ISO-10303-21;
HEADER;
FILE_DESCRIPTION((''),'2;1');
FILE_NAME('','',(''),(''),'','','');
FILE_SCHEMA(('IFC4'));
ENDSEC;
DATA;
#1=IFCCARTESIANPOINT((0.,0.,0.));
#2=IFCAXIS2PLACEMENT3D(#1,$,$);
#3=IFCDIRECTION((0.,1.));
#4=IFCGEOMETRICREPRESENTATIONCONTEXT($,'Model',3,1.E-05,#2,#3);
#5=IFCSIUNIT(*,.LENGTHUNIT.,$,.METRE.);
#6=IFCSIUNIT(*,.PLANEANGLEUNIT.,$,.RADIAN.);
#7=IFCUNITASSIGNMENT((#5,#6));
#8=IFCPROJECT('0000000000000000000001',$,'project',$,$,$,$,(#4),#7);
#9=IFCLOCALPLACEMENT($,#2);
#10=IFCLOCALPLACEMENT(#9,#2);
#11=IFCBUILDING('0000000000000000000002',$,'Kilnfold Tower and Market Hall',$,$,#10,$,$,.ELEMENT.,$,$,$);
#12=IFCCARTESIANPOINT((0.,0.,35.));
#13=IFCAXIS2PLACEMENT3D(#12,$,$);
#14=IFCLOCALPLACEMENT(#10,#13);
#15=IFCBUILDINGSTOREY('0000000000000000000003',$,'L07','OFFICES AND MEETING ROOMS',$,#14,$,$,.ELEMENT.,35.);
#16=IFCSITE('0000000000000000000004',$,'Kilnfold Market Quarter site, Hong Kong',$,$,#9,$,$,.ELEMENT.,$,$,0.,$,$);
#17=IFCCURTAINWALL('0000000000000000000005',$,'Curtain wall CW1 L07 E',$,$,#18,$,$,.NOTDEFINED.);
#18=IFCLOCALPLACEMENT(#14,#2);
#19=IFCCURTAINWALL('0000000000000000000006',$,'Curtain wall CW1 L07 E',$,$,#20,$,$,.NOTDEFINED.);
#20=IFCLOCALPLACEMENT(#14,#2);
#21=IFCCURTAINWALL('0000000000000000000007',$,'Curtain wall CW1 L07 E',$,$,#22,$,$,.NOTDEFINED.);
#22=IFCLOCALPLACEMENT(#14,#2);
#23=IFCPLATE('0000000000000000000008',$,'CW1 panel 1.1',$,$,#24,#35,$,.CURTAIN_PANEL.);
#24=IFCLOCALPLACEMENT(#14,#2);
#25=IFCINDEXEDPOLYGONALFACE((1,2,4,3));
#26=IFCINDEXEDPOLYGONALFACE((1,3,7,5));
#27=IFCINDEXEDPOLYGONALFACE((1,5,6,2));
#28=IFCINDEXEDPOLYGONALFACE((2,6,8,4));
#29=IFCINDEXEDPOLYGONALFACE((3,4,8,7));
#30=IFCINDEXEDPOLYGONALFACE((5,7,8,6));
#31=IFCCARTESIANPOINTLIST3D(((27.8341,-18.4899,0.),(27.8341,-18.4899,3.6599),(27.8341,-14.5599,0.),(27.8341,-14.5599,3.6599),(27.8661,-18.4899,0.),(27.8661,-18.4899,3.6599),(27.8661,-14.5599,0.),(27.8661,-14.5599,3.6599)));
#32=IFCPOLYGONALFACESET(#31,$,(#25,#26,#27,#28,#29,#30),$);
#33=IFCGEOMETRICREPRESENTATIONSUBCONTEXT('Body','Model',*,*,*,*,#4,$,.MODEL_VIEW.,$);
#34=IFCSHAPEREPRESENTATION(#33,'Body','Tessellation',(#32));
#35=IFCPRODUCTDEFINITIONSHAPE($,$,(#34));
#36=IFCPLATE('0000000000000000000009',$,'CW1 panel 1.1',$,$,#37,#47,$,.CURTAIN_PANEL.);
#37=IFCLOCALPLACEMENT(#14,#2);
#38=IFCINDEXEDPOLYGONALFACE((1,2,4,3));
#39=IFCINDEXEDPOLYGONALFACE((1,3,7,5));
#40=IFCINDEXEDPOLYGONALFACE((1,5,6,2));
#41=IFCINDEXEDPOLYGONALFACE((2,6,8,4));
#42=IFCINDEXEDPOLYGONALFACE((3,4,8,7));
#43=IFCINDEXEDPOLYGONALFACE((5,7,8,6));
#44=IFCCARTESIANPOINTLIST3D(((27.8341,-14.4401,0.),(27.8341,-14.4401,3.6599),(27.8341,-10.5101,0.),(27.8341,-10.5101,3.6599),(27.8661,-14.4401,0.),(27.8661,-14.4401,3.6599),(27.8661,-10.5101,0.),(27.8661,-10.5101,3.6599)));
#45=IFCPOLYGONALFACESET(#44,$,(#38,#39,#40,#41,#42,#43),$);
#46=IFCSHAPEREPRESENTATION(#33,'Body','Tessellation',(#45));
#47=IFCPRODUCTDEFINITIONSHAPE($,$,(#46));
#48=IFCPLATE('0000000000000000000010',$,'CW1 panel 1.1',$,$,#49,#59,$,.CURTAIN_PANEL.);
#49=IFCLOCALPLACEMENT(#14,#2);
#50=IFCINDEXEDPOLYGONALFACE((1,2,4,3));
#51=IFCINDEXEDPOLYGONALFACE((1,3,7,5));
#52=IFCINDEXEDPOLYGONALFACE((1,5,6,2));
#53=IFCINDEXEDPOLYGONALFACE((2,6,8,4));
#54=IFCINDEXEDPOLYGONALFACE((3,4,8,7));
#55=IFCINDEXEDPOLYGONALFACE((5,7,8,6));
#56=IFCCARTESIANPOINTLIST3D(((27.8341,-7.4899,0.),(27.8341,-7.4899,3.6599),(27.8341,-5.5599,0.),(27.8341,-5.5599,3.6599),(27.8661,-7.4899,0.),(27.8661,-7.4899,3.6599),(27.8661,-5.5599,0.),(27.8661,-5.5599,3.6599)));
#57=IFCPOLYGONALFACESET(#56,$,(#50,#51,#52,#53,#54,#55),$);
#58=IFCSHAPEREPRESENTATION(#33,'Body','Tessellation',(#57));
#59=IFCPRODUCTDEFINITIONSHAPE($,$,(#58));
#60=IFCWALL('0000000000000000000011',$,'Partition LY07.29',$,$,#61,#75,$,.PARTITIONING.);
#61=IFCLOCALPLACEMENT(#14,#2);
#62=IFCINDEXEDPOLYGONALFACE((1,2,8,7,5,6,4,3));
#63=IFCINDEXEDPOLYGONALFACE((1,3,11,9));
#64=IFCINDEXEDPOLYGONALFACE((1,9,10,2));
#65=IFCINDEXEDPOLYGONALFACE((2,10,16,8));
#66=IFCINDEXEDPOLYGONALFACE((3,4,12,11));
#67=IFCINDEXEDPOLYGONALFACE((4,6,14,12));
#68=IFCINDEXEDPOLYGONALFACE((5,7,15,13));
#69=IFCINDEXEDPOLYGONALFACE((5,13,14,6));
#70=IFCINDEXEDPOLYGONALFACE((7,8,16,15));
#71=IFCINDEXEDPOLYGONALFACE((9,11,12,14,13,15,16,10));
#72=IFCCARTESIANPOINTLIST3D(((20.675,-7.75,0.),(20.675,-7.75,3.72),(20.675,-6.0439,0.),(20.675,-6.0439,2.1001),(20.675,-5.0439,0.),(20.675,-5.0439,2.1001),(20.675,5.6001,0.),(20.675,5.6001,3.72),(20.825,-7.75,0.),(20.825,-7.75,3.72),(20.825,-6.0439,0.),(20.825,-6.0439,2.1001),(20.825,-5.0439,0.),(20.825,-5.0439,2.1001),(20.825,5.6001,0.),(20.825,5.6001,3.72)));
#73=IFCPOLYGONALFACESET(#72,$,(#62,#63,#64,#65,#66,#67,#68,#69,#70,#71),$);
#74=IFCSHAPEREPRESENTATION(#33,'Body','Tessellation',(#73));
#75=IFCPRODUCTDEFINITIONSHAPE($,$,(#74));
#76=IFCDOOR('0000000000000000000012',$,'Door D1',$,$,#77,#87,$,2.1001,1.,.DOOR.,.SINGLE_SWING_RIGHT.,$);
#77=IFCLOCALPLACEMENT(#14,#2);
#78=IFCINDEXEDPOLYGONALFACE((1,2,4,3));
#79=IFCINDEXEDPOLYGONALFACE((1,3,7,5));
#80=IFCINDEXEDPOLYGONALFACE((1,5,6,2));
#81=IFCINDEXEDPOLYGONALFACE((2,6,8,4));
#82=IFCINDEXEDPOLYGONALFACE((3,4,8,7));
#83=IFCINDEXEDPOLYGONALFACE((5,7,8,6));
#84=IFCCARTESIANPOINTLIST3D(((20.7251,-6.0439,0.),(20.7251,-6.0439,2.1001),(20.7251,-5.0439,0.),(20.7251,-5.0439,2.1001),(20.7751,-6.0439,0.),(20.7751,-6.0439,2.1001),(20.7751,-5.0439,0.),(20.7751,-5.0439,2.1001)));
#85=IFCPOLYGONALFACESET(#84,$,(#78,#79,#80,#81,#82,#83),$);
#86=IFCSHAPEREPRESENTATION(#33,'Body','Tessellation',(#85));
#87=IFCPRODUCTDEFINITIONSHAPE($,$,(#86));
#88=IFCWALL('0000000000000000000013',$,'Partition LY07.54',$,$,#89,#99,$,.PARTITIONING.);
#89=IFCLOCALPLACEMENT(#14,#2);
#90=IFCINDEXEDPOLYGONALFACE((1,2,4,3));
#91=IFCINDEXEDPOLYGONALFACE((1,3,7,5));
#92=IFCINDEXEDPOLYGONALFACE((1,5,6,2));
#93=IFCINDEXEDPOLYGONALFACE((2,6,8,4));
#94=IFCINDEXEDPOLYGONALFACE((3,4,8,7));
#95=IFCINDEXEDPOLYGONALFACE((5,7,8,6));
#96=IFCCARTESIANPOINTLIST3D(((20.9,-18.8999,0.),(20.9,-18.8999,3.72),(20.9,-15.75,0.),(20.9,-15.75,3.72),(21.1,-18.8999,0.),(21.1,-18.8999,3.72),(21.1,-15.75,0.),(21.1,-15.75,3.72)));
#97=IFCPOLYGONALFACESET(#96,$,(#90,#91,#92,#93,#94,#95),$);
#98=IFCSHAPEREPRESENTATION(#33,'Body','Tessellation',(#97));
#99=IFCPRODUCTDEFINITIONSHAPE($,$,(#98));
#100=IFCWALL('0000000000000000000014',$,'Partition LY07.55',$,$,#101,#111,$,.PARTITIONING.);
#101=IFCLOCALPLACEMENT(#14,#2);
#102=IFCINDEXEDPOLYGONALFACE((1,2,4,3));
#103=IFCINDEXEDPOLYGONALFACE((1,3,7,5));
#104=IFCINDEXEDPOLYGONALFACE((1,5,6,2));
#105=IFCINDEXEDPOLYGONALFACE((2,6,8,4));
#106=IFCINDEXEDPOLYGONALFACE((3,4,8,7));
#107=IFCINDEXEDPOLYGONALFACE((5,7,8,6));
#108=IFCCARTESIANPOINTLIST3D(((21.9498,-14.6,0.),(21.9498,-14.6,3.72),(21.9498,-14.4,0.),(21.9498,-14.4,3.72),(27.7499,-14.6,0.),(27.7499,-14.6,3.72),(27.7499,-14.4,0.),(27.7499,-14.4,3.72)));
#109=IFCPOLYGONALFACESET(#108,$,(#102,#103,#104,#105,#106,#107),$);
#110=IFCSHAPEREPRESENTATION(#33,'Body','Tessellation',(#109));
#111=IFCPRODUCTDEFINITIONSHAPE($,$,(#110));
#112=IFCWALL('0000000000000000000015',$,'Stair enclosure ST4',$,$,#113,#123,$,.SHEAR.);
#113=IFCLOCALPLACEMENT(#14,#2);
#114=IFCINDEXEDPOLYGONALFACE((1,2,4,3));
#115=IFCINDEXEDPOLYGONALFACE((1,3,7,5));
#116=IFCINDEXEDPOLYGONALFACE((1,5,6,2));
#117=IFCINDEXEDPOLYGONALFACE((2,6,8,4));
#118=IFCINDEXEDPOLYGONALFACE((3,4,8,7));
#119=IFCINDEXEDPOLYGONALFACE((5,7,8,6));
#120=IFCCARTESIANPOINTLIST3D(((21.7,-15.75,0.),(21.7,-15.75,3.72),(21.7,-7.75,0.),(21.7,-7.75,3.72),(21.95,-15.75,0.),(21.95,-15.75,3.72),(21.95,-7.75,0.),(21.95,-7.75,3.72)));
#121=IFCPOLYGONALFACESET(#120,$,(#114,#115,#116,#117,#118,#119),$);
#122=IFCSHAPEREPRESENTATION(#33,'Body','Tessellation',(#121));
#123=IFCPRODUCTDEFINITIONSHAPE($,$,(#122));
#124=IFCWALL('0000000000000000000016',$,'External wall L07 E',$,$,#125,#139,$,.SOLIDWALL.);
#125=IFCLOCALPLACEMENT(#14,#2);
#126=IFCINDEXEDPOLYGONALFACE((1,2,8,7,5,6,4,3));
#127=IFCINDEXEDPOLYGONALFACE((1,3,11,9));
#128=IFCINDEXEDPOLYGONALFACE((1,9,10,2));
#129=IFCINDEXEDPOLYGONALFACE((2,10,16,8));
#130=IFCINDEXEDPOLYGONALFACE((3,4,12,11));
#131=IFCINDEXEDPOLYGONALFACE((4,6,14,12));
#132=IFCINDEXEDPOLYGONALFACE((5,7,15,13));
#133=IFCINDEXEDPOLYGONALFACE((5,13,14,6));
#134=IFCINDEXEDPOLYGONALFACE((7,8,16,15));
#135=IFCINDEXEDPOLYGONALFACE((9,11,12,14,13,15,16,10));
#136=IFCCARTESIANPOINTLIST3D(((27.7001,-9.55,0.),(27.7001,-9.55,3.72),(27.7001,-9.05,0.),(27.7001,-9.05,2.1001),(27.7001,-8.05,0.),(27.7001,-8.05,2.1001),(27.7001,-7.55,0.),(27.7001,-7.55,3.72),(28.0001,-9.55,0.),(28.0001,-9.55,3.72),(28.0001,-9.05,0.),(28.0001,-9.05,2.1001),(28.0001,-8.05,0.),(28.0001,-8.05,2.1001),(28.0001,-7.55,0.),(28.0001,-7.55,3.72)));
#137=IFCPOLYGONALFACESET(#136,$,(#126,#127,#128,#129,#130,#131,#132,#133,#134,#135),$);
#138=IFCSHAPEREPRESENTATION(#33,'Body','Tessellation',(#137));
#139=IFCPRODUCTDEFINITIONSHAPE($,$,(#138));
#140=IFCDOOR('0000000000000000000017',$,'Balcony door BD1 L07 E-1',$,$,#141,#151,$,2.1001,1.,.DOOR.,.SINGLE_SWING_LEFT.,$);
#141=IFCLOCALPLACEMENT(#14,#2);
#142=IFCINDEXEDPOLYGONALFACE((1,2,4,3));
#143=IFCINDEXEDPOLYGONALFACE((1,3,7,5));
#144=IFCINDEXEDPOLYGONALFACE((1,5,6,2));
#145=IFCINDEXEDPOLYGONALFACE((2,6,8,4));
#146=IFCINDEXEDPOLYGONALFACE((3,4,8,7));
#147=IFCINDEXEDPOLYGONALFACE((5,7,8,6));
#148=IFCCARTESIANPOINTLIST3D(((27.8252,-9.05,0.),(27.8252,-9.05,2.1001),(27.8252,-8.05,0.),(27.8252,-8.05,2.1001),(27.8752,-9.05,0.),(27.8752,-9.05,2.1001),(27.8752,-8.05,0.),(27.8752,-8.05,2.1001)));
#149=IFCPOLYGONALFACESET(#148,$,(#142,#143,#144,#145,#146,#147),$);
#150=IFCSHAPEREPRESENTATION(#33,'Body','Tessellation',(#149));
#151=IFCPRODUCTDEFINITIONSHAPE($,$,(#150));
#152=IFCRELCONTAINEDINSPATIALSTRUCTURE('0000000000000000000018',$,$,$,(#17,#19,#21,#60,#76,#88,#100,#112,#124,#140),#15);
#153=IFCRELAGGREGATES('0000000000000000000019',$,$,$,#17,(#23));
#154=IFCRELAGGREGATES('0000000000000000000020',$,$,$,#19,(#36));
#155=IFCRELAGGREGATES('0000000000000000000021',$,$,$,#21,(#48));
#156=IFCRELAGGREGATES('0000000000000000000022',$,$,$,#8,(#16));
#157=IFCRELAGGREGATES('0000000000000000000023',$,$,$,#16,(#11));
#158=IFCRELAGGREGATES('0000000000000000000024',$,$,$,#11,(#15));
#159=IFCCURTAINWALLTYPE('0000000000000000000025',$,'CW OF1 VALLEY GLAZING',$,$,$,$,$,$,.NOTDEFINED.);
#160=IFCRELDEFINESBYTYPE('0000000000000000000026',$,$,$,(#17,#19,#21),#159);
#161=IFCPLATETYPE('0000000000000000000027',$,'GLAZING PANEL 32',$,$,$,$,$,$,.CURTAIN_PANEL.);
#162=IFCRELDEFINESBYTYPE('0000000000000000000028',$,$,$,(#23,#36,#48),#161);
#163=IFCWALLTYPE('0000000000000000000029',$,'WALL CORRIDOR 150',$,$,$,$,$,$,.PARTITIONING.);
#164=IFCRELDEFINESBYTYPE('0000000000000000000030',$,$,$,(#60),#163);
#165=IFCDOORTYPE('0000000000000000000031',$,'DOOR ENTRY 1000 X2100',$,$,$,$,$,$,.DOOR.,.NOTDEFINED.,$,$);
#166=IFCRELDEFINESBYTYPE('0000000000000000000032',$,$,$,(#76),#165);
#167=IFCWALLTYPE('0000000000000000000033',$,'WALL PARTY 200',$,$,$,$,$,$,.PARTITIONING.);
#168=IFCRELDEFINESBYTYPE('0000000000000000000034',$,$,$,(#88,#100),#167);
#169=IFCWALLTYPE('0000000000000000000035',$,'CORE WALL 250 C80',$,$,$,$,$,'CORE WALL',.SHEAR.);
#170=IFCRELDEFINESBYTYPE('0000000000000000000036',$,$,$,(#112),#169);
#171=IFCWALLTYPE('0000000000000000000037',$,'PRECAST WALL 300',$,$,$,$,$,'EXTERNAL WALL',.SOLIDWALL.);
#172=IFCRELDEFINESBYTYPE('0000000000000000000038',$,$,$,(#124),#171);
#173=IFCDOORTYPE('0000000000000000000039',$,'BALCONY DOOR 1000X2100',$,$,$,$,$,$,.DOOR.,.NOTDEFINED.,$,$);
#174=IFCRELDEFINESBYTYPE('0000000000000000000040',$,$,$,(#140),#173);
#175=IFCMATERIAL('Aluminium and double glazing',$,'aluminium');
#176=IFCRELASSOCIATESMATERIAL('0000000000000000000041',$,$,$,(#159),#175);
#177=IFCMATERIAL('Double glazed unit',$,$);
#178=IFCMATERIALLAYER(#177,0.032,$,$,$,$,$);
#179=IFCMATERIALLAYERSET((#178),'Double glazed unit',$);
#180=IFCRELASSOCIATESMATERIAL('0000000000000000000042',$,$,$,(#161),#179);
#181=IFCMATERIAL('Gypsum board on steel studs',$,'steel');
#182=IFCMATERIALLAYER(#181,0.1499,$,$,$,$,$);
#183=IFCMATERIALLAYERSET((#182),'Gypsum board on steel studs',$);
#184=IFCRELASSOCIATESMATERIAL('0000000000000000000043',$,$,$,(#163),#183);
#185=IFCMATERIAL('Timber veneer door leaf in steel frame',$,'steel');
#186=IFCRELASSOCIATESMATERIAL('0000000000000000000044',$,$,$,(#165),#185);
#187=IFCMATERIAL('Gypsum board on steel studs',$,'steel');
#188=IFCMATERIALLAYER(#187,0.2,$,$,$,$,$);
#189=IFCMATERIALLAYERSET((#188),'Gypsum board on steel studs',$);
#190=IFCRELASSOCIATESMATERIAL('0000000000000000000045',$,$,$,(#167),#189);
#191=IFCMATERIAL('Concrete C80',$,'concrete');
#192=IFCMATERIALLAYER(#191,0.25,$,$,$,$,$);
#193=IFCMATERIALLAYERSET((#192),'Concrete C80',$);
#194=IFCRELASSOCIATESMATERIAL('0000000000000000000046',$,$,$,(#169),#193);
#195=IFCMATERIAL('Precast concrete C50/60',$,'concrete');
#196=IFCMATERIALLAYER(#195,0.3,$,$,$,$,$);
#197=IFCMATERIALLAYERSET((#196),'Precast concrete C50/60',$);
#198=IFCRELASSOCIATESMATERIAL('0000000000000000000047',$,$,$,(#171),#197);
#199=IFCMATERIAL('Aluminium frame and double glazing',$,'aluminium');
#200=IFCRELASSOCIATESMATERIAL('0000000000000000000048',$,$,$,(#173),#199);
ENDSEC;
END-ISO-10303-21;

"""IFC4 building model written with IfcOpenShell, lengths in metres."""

from ifc_helpers import new_model, si_unit, direction, frame, frame_2d, origin, origin_2d, place, context, subcontext, project, spatial, rectangle, extrude, source, transform, mapped, material, layer, layer_set, type_object, element, fill, aggregate, save


model = new_model("IFC4")

# Units and contexts
model_context = context("Model", 3, precision=1e-05, world=origin(), true_north=direction((0.0, 1.0)))
body_context = subcontext(model_context, "Body", "Model", "MODEL_VIEW")
ifc_project = project(units=[si_unit("LENGTHUNIT", "METRE"), si_unit("PLANEANGLEUNIT", "RADIAN")], contexts=[model_context])

# Site, building, storey
site_placement = place(None, origin())
site = spatial("IfcSite", under=ifc_project, at=site_placement, Name="Kilnfold Market Quarter site, Hong Kong", CompositionType="ELEMENT", RefElevation=0.0)
building_placement = place(site_placement, origin())
building = spatial("IfcBuilding", under=site, at=building_placement, Name="Kilnfold Tower and Market Hall", CompositionType="ELEMENT")
storey_placement = place(building_placement, frame((0.0, 0.0, 35.0)))
storey = spatial("IfcBuildingStorey", under=building, at=storey_placement, Name="L07", Description="OFFICES AND MEETING ROOMS", CompositionType="ELEMENT", Elevation=35.0)

# Curtain walls
ifc_material_1 = material(Name="Aluminium and double glazing", Category="aluminium")
curtain_wall_type = type_object("IfcCurtainWallType", Name="CW OF1 VALLEY GLAZING", PredefinedType="NOTDEFINED", material=ifc_material_1)
curtain_wall_1_placement = place(storey_placement, origin())
curtain_wall_1 = element("IfcCurtainWall", 1, at=curtain_wall_1_placement, inside=storey, type_object=curtain_wall_type, Name="Curtain wall CW1 L07 E", PredefinedType="NOTDEFINED")
curtain_wall_2_placement = place(storey_placement, origin())
curtain_wall_2 = element("IfcCurtainWall", 2, at=curtain_wall_2_placement, inside=storey, type_object=curtain_wall_type, Name="Curtain wall CW1 L07 E", PredefinedType="NOTDEFINED")
curtain_wall_3_placement = place(storey_placement, origin())
curtain_wall_3 = element("IfcCurtainWall", 3, at=curtain_wall_3_placement, inside=storey, type_object=curtain_wall_type, Name="Curtain wall CW1 L07 E", PredefinedType="NOTDEFINED")

# Plates
ifc_material_2 = material(Name="Double glazed unit")
ifc_layer_1 = layer(ifc_material_2, 0.032)
ifc_layer_set_1 = layer_set([ifc_layer_1], Name="Double glazed unit")
plate_type = type_object("IfcPlateType", Name="GLAZING PANEL 32", PredefinedType="CURTAIN_PANEL", material=ifc_layer_set_1)
shared_shape_1 = source(origin(), body_context, "Body", "SweptSolid", [
    extrude(rectangle(XDim=3.9299, YDim=0.032, at=origin_2d()), origin(), (0.0, 0.0, 1.0), 3.6599),
])
plate_1_placement = place(storey_placement, frame((27.8501, -16.5249, 0.0), z_axis=(0.0, 0.0, 1.0), x_axis=(0.0, 1.0, 0.0)))
plate_1 = element("IfcPlate", 4, at=plate_1_placement, type_object=plate_type, Name="CW1 panel 1.1", PredefinedType="CURTAIN_PANEL", context=body_context, shape_type="MappedRepresentation", body=[
    mapped(shared_shape_1, transform((0.0, 0.0, 0.0))),
])
aggregate(curtain_wall_1, [plate_1])
plate_2_placement = place(storey_placement, frame((27.8501, -12.4751, 0.0), z_axis=(0.0, 0.0, 1.0), x_axis=(0.0, 1.0, 0.0)))
plate_2 = element("IfcPlate", 5, at=plate_2_placement, type_object=plate_type, Name="CW1 panel 1.1", PredefinedType="CURTAIN_PANEL", context=body_context, shape_type="MappedRepresentation", body=[
    mapped(shared_shape_1, transform((0.0, 0.0, 0.0))),
])
aggregate(curtain_wall_2, [plate_2])
shared_shape_2 = source(origin(), body_context, "Body", "SweptSolid", [
    extrude(rectangle(XDim=1.9299, YDim=0.032, at=origin_2d()), origin(), (0.0, 0.0, 1.0), 3.6599),
])
plate_3_placement = place(storey_placement, frame((27.8501, -6.5249, 0.0), z_axis=(0.0, 0.0, 1.0), x_axis=(0.0, 1.0, 0.0)))
plate_3 = element("IfcPlate", 6, at=plate_3_placement, type_object=plate_type, Name="CW1 panel 1.1", PredefinedType="CURTAIN_PANEL", context=body_context, shape_type="MappedRepresentation", body=[
    mapped(shared_shape_2, transform((0.0, 0.0, 0.0))),
])
aggregate(curtain_wall_3, [plate_3])

# Wall, opening, door
ifc_material_3 = material(Name="Gypsum board on steel studs", Category="steel")
ifc_layer_2 = layer(ifc_material_3, 0.1499)
ifc_layer_set_2 = layer_set([ifc_layer_2], Name="Gypsum board on steel studs")
wall_type_1 = type_object("IfcWallType", Name="WALL CORRIDOR 150", PredefinedType="PARTITIONING", material=ifc_layer_set_2)
wall_1_placement = place(storey_placement, frame((20.75, -7.75, 0.0), z_axis=(0.0, 0.0, 1.0), x_axis=(0.0, 1.0, 0.0)))
wall_1 = element("IfcWall", 7, at=wall_1_placement, inside=storey, type_object=wall_type_1, Name="Partition LY07.29", PredefinedType="PARTITIONING", context=body_context, shape_type="SweptSolid", body=[
    extrude(rectangle(XDim=13.3501, YDim=0.1499, at=frame_2d((6.675, 0.0))), origin(), (0.0, 0.0, 1.0), 3.72),
])
opening_1_placement = place(wall_1_placement, frame((1.7061, 0.0, 0.0)))
opening_1 = element("IfcOpeningElement", 8, at=opening_1_placement, cuts=wall_1, PredefinedType="OPENING", context=body_context, shape_type="SweptSolid", body=[
    extrude(rectangle(XDim=1.0, YDim=2.1001, at=frame_2d((0.5, 1.05))), frame((0.0, 0.085, 0.0), z_axis=(0.0, -1.0, 0.0), x_axis=(1.0, 0.0, 0.0)), (0.0, 0.0, 1.0), 0.1699),
])
ifc_material_4 = material(Name="Timber veneer door leaf in steel frame", Category="steel")
door_type_1 = type_object("IfcDoorType", Name="DOOR ENTRY 1000 X2100", OperationType="NOTDEFINED", PredefinedType="DOOR", material=ifc_material_4)
door_1_placement = place(opening_1_placement, origin())
door_1 = element("IfcDoor", 9, at=door_1_placement, inside=storey, type_object=door_type_1, Name="Door D1", OperationType="SINGLE_SWING_RIGHT", OverallHeight=2.1001, OverallWidth=1.0, PredefinedType="DOOR", context=body_context, shape_type="SweptSolid", body=[
    extrude(rectangle(XDim=1.0, YDim=2.1001, at=frame_2d((0.5, 1.05))), frame((0.0, 0.0249, 0.0), z_axis=(0.0, -1.0, 0.0), x_axis=(1.0, 0.0, 0.0)), (0.0, 0.0, 1.0), 0.05),
])
fill(opening_1, door_1)

# Walls
ifc_material_5 = material(Name="Gypsum board on steel studs", Category="steel")
ifc_layer_3 = layer(ifc_material_5, 0.2)
ifc_layer_set_3 = layer_set([ifc_layer_3], Name="Gypsum board on steel studs")
wall_type_2 = type_object("IfcWallType", Name="WALL PARTY 200", PredefinedType="PARTITIONING", material=ifc_layer_set_3)
wall_2_placement = place(storey_placement, frame((21.0, -15.75, 0.0), z_axis=(0.0, 0.0, 1.0), x_axis=(0.0, -1.0, 0.0)))
element("IfcWall", 10, at=wall_2_placement, inside=storey, type_object=wall_type_2, Name="Partition LY07.54", PredefinedType="PARTITIONING", context=body_context, shape_type="SweptSolid", body=[
    extrude(rectangle(XDim=3.1499, YDim=0.2, at=frame_2d((1.575, 0.0))), origin(), (0.0, 0.0, 1.0), 3.72),
])
wall_3_placement = place(storey_placement, frame((21.95, -14.5, 0.0), z_axis=(0.0, 0.0, 1.0), x_axis=(1.0, 0.0, 0.0)))
element("IfcWall", 11, at=wall_3_placement, inside=storey, type_object=wall_type_2, Name="Partition LY07.55", PredefinedType="PARTITIONING", context=body_context, shape_type="SweptSolid", body=[
    extrude(rectangle(XDim=5.8, YDim=0.2, at=frame_2d((2.8999, 0.0))), origin(), (0.0, 0.0, 1.0), 3.72),
])
ifc_material_6 = material(Name="Concrete C80", Category="concrete")
ifc_layer_4 = layer(ifc_material_6, 0.25)
ifc_layer_set_4 = layer_set([ifc_layer_4], Name="Concrete C80")
wall_type_3 = type_object("IfcWallType", Name="CORE WALL 250 C80", ElementType="CORE WALL", PredefinedType="SHEAR", material=ifc_layer_set_4)
shared_shape_3 = source(origin(), body_context, "Body", "SweptSolid", [
    extrude(rectangle(XDim=8.0, YDim=0.25, at=frame_2d((4.0, 0.0))), origin(), (0.0, 0.0, 1.0), 3.72),
])
wall_4_placement = place(storey_placement, frame((21.825, -15.75, 0.0), z_axis=(0.0, 0.0, 1.0), x_axis=(0.0, 1.0, 0.0)))
element("IfcWall", 12, at=wall_4_placement, inside=storey, type_object=wall_type_3, Name="Stair enclosure ST4", PredefinedType="SHEAR", context=body_context, shape_type="MappedRepresentation", body=[
    mapped(shared_shape_3, transform((0.0, 0.0, 0.0))),
])

# Wall, opening, door
ifc_material_7 = material(Name="Precast concrete C50/60", Category="concrete")
ifc_layer_5 = layer(ifc_material_7, 0.3)
ifc_layer_set_5 = layer_set([ifc_layer_5], Name="Precast concrete C50/60")
wall_type_4 = type_object("IfcWallType", Name="PRECAST WALL 300", ElementType="EXTERNAL WALL", PredefinedType="SOLIDWALL", material=ifc_layer_set_5)
shared_shape_4 = source(origin(), body_context, "Body", "SweptSolid", [
    extrude(rectangle(XDim=2.0, YDim=0.3, at=frame_2d((1.0, 0.0))), origin(), (0.0, 0.0, 1.0), 3.72),
])
wall_5_placement = place(storey_placement, frame((27.8501, -9.55, 0.0), z_axis=(0.0, 0.0, 1.0), x_axis=(0.0, 1.0, 0.0)))
wall_5 = element("IfcWall", 13, at=wall_5_placement, inside=storey, type_object=wall_type_4, Name="External wall L07 E", PredefinedType="SOLIDWALL", context=body_context, shape_type="MappedRepresentation", body=[
    mapped(shared_shape_4, transform((0.0, 0.0, 0.0))),
])
opening_2_placement = place(wall_5_placement, frame((0.5, 0.0, 0.0)))
opening_2 = element("IfcOpeningElement", 14, at=opening_2_placement, cuts=wall_5, PredefinedType="OPENING", context=body_context, shape_type="SweptSolid", body=[
    extrude(rectangle(XDim=1.0, YDim=2.1001, at=frame_2d((0.5, 1.05))), frame((0.0, 0.1602, 0.0), z_axis=(0.0, -1.0, 0.0), x_axis=(1.0, 0.0, 0.0)), (0.0, 0.0, 1.0), 0.3201),
])
ifc_material_8 = material(Name="Aluminium frame and double glazing", Category="aluminium")
door_type_2 = type_object("IfcDoorType", Name="BALCONY DOOR 1000X2100", OperationType="NOTDEFINED", PredefinedType="DOOR", material=ifc_material_8)
door_2_placement = place(opening_2_placement, origin())
door_2 = element("IfcDoor", 15, at=door_2_placement, inside=storey, type_object=door_type_2, Name="Balcony door BD1 L07 E-1", OperationType="SINGLE_SWING_LEFT", OverallHeight=2.1001, OverallWidth=1.0, PredefinedType="DOOR", context=body_context, shape_type="SweptSolid", body=[
    extrude(rectangle(XDim=1.0, YDim=2.1001, at=frame_2d((0.5, 1.05))), frame((0.0, 0.0249, 0.0), z_axis=(0.0, -1.0, 0.0), x_axis=(1.0, 0.0, 0.0)), (0.0, 0.0, 1.0), 0.05),
])
fill(opening_2, door_2)

save(model, "model.ifc")
